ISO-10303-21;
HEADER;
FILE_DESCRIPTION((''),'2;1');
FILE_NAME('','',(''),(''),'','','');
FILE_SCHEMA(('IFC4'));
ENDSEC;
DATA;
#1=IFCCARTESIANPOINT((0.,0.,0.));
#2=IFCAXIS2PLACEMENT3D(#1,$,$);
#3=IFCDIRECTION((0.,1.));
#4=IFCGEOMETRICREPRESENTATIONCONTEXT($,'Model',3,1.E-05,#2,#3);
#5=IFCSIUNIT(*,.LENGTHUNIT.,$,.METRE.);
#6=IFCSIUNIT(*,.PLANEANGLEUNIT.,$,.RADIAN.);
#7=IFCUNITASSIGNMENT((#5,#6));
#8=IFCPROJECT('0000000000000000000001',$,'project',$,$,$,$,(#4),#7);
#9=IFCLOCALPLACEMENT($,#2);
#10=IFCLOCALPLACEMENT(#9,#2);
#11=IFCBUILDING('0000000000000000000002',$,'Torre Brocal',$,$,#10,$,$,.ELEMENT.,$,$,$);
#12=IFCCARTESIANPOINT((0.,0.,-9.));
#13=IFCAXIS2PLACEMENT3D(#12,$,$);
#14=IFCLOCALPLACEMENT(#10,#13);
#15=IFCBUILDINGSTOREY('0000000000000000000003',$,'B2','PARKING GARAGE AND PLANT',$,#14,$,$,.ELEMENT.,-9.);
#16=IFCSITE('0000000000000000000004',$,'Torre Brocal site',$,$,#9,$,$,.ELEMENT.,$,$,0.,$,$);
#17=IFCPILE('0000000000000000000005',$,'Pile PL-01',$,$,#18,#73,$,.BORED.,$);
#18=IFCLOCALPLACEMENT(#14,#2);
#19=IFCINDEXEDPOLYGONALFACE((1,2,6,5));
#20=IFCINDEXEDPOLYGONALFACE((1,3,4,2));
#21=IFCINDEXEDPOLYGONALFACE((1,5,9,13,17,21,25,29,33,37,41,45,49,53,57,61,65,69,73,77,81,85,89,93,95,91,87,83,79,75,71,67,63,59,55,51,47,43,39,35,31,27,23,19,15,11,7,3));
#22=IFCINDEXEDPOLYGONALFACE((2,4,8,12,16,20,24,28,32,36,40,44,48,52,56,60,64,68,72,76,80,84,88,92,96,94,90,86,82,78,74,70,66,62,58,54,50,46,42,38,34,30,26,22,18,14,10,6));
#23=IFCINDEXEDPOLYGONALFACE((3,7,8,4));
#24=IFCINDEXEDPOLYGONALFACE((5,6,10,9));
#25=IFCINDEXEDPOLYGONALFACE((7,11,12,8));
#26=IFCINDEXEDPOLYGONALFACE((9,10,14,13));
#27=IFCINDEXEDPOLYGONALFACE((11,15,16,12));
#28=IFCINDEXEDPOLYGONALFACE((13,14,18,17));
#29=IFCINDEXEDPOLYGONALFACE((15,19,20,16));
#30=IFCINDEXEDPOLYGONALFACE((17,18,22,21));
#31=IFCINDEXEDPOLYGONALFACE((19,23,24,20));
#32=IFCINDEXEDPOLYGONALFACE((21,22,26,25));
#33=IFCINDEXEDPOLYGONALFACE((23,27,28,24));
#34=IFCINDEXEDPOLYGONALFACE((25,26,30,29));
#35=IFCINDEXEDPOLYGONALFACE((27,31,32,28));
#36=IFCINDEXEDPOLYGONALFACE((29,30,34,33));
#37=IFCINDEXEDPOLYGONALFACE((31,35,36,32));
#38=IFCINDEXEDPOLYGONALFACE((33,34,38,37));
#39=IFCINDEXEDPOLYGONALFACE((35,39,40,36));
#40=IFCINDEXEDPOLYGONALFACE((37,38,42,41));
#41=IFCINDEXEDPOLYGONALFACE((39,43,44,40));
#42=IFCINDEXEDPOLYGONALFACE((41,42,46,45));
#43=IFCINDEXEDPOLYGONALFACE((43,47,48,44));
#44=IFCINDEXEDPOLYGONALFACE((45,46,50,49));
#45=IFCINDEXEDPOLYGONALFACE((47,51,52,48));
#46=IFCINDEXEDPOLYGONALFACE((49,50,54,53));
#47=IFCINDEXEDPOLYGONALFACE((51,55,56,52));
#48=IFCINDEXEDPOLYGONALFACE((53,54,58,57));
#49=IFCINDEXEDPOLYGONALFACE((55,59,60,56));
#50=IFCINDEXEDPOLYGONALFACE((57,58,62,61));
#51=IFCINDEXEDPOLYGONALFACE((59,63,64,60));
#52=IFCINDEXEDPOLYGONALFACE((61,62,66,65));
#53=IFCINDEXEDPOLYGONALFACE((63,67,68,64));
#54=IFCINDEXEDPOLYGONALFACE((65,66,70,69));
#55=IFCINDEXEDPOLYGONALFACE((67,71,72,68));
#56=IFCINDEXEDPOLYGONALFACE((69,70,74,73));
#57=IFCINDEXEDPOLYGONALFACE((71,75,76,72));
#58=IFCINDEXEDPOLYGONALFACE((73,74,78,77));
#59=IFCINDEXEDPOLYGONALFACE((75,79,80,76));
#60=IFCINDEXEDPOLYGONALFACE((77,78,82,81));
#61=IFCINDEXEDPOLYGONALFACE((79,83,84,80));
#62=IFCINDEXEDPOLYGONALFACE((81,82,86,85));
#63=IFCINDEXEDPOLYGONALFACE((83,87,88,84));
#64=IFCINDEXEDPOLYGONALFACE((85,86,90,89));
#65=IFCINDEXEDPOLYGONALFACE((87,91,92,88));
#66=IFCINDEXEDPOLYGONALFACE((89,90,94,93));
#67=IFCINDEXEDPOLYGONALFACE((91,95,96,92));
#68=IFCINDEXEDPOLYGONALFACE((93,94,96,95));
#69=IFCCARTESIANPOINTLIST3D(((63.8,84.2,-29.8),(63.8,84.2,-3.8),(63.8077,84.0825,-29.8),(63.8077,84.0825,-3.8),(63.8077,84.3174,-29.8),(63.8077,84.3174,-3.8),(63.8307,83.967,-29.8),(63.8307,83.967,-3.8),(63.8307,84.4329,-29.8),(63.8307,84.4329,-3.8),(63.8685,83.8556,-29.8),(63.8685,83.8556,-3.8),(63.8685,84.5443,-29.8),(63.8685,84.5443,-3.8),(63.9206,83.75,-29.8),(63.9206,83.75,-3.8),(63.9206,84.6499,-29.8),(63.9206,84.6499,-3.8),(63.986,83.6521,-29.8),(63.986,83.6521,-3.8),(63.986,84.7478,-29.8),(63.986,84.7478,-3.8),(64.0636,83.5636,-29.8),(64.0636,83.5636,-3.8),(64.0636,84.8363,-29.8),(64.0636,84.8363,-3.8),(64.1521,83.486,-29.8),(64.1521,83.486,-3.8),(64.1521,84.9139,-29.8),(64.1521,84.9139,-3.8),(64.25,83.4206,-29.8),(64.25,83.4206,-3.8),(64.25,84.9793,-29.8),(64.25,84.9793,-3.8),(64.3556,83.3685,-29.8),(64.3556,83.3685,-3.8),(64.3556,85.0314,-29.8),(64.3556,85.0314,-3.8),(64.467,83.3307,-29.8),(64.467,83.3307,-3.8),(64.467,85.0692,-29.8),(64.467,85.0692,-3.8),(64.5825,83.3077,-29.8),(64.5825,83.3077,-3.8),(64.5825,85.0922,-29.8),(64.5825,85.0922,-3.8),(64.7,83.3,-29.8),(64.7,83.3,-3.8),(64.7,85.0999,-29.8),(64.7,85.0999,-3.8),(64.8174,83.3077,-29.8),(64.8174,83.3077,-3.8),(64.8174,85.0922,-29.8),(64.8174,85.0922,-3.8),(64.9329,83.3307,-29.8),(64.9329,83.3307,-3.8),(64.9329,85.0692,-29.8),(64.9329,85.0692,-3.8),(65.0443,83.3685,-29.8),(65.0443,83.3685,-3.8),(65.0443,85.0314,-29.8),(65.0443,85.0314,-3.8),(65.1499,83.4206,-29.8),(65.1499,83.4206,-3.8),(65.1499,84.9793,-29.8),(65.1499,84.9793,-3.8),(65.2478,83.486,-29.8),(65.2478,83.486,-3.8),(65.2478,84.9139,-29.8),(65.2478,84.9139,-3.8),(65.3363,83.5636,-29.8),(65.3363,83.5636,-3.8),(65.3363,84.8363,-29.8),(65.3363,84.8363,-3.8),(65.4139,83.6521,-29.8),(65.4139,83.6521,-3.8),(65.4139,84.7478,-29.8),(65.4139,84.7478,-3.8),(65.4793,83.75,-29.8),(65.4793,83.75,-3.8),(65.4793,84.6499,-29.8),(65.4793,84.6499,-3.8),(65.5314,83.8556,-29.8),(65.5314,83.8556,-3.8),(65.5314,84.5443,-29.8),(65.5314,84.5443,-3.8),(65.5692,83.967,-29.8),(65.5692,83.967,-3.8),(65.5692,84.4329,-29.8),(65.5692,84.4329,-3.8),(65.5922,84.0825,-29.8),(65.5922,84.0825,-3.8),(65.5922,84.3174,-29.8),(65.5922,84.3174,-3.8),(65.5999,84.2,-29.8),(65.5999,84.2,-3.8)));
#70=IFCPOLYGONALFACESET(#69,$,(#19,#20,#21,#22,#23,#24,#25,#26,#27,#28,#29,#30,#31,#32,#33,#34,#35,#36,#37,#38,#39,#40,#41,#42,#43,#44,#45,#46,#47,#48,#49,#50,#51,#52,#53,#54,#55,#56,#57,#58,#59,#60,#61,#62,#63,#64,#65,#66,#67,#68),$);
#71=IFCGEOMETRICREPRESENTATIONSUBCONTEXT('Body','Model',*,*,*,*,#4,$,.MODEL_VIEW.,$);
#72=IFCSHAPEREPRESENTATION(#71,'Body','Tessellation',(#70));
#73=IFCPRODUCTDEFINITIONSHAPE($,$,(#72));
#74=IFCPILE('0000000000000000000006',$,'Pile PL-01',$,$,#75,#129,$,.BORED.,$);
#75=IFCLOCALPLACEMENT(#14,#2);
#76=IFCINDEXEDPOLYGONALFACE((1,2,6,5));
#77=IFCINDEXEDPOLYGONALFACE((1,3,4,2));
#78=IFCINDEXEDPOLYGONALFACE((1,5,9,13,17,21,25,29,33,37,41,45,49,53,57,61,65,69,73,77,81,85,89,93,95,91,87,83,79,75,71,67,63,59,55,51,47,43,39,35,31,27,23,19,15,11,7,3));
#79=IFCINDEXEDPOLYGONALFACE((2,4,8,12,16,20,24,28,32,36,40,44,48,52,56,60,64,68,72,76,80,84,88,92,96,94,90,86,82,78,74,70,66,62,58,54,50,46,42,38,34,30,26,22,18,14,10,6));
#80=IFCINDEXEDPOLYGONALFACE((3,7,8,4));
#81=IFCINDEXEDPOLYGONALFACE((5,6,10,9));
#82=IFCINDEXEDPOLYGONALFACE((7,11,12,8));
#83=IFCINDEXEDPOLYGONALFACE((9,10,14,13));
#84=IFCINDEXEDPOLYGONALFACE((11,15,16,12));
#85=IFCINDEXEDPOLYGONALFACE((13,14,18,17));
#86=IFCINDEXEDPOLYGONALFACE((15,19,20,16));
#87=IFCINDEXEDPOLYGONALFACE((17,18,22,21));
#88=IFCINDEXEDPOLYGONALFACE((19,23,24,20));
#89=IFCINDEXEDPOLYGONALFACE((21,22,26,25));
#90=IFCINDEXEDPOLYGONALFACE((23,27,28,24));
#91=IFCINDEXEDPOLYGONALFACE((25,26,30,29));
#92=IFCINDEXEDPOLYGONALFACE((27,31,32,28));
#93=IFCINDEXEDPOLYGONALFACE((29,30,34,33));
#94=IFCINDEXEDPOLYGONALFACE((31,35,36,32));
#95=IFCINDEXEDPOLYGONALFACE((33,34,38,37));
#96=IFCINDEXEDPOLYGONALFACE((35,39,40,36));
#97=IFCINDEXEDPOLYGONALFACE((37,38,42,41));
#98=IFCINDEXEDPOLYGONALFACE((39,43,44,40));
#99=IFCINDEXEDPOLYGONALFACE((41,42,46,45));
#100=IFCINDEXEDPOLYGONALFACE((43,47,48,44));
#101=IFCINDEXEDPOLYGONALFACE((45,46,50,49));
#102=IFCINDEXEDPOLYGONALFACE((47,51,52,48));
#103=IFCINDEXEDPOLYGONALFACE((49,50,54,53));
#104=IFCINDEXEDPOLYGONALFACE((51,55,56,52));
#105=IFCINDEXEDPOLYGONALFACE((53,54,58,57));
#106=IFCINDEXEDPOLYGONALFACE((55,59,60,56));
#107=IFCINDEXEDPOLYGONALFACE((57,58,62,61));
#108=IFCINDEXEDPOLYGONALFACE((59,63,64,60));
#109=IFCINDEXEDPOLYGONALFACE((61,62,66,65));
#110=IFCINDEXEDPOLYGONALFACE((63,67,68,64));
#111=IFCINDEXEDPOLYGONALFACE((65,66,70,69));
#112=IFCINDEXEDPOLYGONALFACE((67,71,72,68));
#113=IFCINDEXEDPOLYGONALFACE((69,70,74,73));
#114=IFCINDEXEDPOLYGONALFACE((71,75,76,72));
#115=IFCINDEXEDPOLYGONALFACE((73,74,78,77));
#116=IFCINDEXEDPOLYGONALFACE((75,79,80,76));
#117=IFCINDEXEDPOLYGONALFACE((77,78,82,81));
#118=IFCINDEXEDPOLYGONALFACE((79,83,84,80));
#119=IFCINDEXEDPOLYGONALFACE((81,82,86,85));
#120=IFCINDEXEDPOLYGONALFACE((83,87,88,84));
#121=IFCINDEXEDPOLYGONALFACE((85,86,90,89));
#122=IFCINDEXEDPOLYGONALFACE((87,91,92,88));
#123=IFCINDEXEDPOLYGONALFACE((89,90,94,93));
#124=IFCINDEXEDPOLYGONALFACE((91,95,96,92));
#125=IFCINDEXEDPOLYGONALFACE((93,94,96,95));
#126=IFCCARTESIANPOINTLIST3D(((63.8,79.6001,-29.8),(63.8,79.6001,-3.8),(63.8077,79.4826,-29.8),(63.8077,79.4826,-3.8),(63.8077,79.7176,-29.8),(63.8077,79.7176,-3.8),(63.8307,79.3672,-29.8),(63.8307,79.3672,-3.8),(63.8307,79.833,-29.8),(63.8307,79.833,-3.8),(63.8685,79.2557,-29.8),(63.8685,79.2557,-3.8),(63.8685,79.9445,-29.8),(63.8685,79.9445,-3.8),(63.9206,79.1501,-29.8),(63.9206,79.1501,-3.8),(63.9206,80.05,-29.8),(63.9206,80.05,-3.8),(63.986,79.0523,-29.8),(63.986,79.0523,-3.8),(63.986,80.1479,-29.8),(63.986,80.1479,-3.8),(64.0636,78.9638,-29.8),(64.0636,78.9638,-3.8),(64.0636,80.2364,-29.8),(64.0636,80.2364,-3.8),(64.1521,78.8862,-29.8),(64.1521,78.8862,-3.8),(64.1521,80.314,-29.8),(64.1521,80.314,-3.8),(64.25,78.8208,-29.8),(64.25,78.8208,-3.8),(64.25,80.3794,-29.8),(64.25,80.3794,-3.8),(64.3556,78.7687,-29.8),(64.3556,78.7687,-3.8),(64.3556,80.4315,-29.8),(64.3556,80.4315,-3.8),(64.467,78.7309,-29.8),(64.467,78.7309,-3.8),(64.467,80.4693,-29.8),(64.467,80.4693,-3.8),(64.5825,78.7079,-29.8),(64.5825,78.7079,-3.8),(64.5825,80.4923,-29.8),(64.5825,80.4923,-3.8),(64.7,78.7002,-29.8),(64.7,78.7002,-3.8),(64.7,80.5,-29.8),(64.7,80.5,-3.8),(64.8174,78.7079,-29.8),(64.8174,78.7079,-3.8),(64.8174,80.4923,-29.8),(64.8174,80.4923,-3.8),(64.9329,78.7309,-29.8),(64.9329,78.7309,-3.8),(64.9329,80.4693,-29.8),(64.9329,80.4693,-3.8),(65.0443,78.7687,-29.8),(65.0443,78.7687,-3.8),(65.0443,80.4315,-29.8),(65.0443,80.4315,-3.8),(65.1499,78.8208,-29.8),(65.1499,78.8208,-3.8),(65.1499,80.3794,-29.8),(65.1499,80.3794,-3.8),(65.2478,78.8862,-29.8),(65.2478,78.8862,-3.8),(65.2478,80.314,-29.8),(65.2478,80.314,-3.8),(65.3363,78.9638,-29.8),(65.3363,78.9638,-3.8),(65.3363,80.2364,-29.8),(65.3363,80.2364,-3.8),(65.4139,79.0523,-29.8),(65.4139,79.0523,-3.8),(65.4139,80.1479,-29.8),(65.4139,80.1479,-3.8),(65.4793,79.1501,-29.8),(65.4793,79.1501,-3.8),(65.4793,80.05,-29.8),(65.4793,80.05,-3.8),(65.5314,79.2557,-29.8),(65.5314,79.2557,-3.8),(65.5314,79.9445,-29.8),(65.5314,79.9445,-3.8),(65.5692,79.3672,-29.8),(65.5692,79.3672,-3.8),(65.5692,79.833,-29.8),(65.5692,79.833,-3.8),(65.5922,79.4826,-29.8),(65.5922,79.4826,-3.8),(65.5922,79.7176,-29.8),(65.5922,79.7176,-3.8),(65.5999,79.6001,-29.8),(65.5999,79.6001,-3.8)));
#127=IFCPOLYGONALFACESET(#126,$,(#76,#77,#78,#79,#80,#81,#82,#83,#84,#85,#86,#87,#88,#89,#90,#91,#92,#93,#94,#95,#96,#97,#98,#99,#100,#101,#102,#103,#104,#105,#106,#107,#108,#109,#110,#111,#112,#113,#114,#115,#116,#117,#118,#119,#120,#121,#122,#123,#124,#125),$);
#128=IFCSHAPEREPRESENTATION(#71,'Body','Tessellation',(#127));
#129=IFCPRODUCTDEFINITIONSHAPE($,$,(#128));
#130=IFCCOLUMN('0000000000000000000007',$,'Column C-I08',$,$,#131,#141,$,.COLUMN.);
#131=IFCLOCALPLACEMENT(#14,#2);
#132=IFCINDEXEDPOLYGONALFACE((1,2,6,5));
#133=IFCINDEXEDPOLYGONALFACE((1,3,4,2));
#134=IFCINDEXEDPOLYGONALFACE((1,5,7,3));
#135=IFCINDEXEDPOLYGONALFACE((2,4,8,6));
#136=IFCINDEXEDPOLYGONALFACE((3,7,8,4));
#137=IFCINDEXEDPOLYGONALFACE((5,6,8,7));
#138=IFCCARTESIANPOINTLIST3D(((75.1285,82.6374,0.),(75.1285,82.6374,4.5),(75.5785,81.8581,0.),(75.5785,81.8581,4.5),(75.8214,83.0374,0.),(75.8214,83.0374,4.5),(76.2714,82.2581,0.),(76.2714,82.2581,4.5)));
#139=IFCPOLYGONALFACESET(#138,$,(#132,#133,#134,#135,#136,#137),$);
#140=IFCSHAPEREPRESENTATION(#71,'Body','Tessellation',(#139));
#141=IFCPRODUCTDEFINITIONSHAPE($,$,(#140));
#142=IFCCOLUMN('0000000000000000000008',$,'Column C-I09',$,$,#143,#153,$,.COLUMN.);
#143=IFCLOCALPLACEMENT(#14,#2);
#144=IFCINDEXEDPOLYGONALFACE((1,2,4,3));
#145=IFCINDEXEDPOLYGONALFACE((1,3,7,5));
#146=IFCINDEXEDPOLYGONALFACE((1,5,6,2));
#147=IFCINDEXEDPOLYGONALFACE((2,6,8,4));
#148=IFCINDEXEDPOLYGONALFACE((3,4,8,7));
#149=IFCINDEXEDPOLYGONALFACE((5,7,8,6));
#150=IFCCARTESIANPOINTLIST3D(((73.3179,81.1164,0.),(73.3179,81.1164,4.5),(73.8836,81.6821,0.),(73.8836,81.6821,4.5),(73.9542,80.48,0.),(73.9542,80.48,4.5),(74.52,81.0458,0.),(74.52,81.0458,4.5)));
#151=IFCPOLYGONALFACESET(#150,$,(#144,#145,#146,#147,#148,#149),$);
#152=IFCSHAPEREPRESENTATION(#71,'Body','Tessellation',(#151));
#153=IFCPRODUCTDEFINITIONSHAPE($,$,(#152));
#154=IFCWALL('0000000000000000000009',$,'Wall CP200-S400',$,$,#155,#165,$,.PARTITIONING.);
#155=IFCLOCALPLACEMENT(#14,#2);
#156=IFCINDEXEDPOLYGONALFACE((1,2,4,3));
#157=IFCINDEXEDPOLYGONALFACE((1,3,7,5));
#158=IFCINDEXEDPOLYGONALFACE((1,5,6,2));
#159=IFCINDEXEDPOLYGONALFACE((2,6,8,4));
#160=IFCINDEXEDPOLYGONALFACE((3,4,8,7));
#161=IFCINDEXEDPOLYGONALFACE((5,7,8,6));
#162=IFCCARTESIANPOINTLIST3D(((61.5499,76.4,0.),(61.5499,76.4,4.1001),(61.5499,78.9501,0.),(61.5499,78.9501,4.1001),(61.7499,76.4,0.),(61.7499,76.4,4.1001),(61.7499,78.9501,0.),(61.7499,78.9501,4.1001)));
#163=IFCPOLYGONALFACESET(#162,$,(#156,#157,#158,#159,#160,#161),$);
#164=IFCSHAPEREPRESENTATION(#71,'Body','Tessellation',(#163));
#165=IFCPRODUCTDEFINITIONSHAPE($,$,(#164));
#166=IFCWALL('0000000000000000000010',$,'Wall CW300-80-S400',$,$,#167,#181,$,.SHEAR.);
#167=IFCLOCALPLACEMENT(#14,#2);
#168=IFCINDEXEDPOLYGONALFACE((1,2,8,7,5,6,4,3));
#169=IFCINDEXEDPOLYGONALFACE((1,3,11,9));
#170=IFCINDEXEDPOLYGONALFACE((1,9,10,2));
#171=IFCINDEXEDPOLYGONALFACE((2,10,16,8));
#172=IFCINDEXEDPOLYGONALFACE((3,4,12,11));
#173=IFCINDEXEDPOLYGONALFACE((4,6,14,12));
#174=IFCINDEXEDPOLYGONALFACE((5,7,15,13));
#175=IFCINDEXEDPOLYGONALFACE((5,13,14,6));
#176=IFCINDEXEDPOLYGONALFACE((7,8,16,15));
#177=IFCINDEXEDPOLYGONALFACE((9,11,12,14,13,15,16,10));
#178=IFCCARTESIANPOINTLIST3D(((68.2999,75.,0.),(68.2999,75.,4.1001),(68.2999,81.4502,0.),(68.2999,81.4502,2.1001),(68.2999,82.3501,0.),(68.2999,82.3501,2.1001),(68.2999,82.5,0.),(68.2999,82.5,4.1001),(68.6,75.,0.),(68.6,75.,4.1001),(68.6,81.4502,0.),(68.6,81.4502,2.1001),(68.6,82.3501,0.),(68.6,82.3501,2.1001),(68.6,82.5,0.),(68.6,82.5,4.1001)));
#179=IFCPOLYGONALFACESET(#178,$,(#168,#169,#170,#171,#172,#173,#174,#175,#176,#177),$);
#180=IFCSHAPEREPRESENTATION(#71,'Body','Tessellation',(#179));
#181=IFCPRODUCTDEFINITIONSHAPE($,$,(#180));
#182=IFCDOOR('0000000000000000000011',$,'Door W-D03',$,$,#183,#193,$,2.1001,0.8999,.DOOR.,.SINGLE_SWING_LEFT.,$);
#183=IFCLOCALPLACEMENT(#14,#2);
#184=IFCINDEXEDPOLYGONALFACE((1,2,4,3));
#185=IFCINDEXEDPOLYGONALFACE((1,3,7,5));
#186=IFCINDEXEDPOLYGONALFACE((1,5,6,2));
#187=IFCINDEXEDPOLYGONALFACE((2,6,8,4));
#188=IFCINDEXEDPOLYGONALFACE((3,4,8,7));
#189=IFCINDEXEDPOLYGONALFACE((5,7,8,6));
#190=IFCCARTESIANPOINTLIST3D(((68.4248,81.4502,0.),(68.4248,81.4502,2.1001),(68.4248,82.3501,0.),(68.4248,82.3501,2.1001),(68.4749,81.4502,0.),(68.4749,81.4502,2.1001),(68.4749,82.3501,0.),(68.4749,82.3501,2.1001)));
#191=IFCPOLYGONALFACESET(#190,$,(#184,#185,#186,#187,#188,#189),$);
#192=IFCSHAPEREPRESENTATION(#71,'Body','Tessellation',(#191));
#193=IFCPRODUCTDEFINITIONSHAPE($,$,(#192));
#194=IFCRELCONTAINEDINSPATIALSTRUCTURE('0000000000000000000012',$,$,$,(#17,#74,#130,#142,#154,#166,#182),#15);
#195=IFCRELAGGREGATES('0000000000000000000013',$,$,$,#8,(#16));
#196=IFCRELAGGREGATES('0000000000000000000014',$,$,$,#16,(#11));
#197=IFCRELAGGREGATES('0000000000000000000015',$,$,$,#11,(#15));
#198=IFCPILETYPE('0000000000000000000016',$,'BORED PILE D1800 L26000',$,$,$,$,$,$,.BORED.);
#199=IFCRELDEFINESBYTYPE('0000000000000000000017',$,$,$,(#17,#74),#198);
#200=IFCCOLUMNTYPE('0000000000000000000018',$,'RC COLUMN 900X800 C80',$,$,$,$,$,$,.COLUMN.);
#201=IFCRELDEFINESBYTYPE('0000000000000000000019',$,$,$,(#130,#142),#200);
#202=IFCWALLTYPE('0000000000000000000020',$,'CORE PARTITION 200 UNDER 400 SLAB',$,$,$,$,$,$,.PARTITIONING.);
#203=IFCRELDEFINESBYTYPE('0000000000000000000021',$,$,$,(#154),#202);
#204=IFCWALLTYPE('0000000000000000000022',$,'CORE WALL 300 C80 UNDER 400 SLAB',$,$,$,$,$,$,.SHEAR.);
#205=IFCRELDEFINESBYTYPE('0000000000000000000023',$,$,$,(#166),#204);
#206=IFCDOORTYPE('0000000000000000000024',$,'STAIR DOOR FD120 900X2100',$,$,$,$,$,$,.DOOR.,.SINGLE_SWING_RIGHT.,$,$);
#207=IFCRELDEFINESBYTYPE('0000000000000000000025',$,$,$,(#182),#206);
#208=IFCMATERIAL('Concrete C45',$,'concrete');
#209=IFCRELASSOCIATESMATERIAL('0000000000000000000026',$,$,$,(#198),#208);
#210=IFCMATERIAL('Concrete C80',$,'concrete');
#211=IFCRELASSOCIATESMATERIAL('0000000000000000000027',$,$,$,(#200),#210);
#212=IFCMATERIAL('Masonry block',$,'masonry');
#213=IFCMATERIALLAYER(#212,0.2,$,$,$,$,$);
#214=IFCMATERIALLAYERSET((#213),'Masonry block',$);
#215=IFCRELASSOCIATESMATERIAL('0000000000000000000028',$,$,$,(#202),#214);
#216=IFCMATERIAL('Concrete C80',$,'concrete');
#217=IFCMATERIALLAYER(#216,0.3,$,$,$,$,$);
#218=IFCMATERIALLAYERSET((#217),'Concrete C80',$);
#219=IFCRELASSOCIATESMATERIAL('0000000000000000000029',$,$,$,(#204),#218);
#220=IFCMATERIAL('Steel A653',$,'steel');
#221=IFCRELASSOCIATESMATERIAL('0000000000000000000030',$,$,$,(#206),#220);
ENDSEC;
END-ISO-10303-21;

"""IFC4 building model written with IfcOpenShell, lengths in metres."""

from ifc_helpers import new_model, si_unit, direction, frame, frame_2d, origin, origin_2d, place, context, subcontext, project, spatial, rectangle, circle, extrude, material, layer, layer_set, material_profile, profile_set, type_object, element, fill, save


model = new_model("IFC4")

# Units and contexts
model_context = context("Model", 3, precision=1e-05, world=origin(), true_north=direction((0.0, 1.0)))
body_context = subcontext(model_context, "Body", "Model", "MODEL_VIEW")
ifc_project = project(units=[si_unit("LENGTHUNIT", "METRE"), si_unit("PLANEANGLEUNIT", "RADIAN")], contexts=[model_context])

# Site, building, storey
site_placement = place(None, origin())
site = spatial("IfcSite", under=ifc_project, at=site_placement, Name="Torre Brocal site", CompositionType="ELEMENT", RefElevation=0.0)
building_placement = place(site_placement, origin())
building = spatial("IfcBuilding", under=site, at=building_placement, Name="Torre Brocal", CompositionType="ELEMENT")
storey_placement = place(building_placement, frame((0.0, 0.0, -9.0)))
storey = spatial("IfcBuildingStorey", under=building, at=storey_placement, Name="B2", Description="PARKING GARAGE AND PLANT", CompositionType="ELEMENT", Elevation=-9.0)

# Piles
ifc_material_1 = material(Name="Concrete C45", Category="concrete")
ifc_material_profile_1 = material_profile(ifc_material_1, circle(Radius=0.8999, at=origin_2d()), Name="BORED PILE D1800")
ifc_profile_set_1 = profile_set([ifc_material_profile_1], Name="Concrete C45")
pile_type = type_object("IfcPileType", Name="BORED PILE D1800 L26000", PredefinedType="BORED", material=ifc_profile_set_1)
for number, where, z_axis, x_axis, name in (
    (1, (64.7, 84.2, -3.8), (0.0, 0.0, -1.0), (1.0, 0.0, 0.0), "Pile PL-01"),
    (2, (64.7, 79.6001, -3.8), (0.0, 0.0, -1.0), (1.0, 0.0, 0.0), "Pile PL-01"),
):
    element("IfcPile", number, at=place(storey_placement, frame(where, z_axis=z_axis, x_axis=x_axis)), inside=storey, type_object=pile_type, Name=name, PredefinedType="BORED", context=body_context, shape_type="SweptSolid", body=[
        extrude(circle(Radius=0.8999, at=origin_2d()), origin(), (0.0, 0.0, 1.0), 26.0),
    ])

# Columns
ifc_material_2 = material(Name="Concrete C80", Category="concrete")
ifc_material_profile_2 = material_profile(ifc_material_2, rectangle(XDim=0.8999, YDim=0.8, at=origin_2d()), Name="RC 900X800")
ifc_profile_set_2 = profile_set([ifc_material_profile_2], Name="Concrete C80")
column_type = type_object("IfcColumnType", Name="RC COLUMN 900X800 C80", PredefinedType="COLUMN", material=ifc_profile_set_2)
for number, where, z_axis, x_axis, name in (
    (3, (75.7, 82.4478, 0.0), (0.0, 0.0, 1.0), (-0.5, 0.866025, 0.0), "Column C-I08"),
    (4, (73.9189, 81.0811, 0.0), (0.0, 0.0, 1.0), (-0.707107, 0.707107, 0.0), "Column C-I09"),
):
    element("IfcColumn", number, at=place(storey_placement, frame(where, z_axis=z_axis, x_axis=x_axis)), inside=storey, type_object=column_type, Name=name, PredefinedType="COLUMN", context=body_context, shape_type="SweptSolid", body=[
        extrude(rectangle(XDim=0.8999, YDim=0.8, at=origin_2d()), origin(), (0.0, 0.0, 1.0), 4.5),
    ])

# Wall
ifc_material_3 = material(Name="Masonry block", Category="masonry")
ifc_layer_1 = layer(ifc_material_3, 0.2)
ifc_layer_set_1 = layer_set([ifc_layer_1], Name="Masonry block")
wall_type_1 = type_object("IfcWallType", Name="CORE PARTITION 200 UNDER 400 SLAB", PredefinedType="PARTITIONING", material=ifc_layer_set_1)
wall_1_placement = place(storey_placement, frame((61.6499, 78.95, 0.0), z_axis=(0.0, 0.0, 1.0), x_axis=(0.0, -1.0, 0.0)))
element("IfcWall", 5, at=wall_1_placement, inside=storey, type_object=wall_type_1, Name="Wall CP200-S400", PredefinedType="PARTITIONING", context=body_context, shape_type="SweptSolid", body=[
    extrude(rectangle(XDim=2.55, YDim=0.2, at=frame_2d((1.2749, 0.0))), origin(), (0.0, 0.0, 1.0), 4.1001),
])

# Wall, opening, door
ifc_material_4 = material(Name="Concrete C80", Category="concrete")
ifc_layer_2 = layer(ifc_material_4, 0.3)
ifc_layer_set_2 = layer_set([ifc_layer_2], Name="Concrete C80")
wall_type_2 = type_object("IfcWallType", Name="CORE WALL 300 C80 UNDER 400 SLAB", PredefinedType="SHEAR", material=ifc_layer_set_2)
wall_2_placement = place(storey_placement, frame((68.45, 82.5, 0.0), z_axis=(0.0, 0.0, 1.0), x_axis=(0.0, -1.0, 0.0)))
wall_2 = element("IfcWall", 6, at=wall_2_placement, inside=storey, type_object=wall_type_2, Name="Wall CW300-80-S400", PredefinedType="SHEAR", context=body_context, shape_type="SweptSolid", body=[
    extrude(rectangle(XDim=7.5, YDim=0.3, at=frame_2d((3.75, 0.0))), origin(), (0.0, 0.0, 1.0), 4.1001),
])
opening_1_placement = place(wall_2_placement, frame((0.1499, 0.0, 0.0)))
opening_1 = element("IfcOpeningElement", 7, at=opening_1_placement, cuts=wall_2, PredefinedType="OPENING", context=body_context, shape_type="SweptSolid", body=[
    extrude(rectangle(XDim=0.8999, YDim=2.1001, at=frame_2d((0.45, 1.05))), frame((0.0, 0.1599, 0.0), z_axis=(0.0, -1.0, 0.0), x_axis=(1.0, 0.0, 0.0)), (0.0, 0.0, 1.0), 0.3201),
])
ifc_material_5 = material(Name="Steel A653", Category="steel")
door_type_1 = type_object("IfcDoorType", Name="STAIR DOOR FD120 900X2100", OperationType="SINGLE_SWING_RIGHT", PredefinedType="DOOR", material=ifc_material_5)
door_1_placement = place(opening_1_placement, origin())
door_1 = element("IfcDoor", 8, at=door_1_placement, inside=storey, type_object=door_type_1, Name="Door W-D03", OperationType="SINGLE_SWING_LEFT", OverallHeight=2.1001, OverallWidth=0.8999, PredefinedType="DOOR", context=body_context, shape_type="SweptSolid", body=[
    extrude(rectangle(XDim=0.8999, YDim=2.1001, at=frame_2d((0.45, 1.05))), frame((0.0, 0.0249, 0.0), z_axis=(0.0, -1.0, 0.0), x_axis=(1.0, 0.0, 0.0)), (0.0, 0.0, 1.0), 0.05),
])
fill(opening_1, door_1)

save(model, "model.ifc")
